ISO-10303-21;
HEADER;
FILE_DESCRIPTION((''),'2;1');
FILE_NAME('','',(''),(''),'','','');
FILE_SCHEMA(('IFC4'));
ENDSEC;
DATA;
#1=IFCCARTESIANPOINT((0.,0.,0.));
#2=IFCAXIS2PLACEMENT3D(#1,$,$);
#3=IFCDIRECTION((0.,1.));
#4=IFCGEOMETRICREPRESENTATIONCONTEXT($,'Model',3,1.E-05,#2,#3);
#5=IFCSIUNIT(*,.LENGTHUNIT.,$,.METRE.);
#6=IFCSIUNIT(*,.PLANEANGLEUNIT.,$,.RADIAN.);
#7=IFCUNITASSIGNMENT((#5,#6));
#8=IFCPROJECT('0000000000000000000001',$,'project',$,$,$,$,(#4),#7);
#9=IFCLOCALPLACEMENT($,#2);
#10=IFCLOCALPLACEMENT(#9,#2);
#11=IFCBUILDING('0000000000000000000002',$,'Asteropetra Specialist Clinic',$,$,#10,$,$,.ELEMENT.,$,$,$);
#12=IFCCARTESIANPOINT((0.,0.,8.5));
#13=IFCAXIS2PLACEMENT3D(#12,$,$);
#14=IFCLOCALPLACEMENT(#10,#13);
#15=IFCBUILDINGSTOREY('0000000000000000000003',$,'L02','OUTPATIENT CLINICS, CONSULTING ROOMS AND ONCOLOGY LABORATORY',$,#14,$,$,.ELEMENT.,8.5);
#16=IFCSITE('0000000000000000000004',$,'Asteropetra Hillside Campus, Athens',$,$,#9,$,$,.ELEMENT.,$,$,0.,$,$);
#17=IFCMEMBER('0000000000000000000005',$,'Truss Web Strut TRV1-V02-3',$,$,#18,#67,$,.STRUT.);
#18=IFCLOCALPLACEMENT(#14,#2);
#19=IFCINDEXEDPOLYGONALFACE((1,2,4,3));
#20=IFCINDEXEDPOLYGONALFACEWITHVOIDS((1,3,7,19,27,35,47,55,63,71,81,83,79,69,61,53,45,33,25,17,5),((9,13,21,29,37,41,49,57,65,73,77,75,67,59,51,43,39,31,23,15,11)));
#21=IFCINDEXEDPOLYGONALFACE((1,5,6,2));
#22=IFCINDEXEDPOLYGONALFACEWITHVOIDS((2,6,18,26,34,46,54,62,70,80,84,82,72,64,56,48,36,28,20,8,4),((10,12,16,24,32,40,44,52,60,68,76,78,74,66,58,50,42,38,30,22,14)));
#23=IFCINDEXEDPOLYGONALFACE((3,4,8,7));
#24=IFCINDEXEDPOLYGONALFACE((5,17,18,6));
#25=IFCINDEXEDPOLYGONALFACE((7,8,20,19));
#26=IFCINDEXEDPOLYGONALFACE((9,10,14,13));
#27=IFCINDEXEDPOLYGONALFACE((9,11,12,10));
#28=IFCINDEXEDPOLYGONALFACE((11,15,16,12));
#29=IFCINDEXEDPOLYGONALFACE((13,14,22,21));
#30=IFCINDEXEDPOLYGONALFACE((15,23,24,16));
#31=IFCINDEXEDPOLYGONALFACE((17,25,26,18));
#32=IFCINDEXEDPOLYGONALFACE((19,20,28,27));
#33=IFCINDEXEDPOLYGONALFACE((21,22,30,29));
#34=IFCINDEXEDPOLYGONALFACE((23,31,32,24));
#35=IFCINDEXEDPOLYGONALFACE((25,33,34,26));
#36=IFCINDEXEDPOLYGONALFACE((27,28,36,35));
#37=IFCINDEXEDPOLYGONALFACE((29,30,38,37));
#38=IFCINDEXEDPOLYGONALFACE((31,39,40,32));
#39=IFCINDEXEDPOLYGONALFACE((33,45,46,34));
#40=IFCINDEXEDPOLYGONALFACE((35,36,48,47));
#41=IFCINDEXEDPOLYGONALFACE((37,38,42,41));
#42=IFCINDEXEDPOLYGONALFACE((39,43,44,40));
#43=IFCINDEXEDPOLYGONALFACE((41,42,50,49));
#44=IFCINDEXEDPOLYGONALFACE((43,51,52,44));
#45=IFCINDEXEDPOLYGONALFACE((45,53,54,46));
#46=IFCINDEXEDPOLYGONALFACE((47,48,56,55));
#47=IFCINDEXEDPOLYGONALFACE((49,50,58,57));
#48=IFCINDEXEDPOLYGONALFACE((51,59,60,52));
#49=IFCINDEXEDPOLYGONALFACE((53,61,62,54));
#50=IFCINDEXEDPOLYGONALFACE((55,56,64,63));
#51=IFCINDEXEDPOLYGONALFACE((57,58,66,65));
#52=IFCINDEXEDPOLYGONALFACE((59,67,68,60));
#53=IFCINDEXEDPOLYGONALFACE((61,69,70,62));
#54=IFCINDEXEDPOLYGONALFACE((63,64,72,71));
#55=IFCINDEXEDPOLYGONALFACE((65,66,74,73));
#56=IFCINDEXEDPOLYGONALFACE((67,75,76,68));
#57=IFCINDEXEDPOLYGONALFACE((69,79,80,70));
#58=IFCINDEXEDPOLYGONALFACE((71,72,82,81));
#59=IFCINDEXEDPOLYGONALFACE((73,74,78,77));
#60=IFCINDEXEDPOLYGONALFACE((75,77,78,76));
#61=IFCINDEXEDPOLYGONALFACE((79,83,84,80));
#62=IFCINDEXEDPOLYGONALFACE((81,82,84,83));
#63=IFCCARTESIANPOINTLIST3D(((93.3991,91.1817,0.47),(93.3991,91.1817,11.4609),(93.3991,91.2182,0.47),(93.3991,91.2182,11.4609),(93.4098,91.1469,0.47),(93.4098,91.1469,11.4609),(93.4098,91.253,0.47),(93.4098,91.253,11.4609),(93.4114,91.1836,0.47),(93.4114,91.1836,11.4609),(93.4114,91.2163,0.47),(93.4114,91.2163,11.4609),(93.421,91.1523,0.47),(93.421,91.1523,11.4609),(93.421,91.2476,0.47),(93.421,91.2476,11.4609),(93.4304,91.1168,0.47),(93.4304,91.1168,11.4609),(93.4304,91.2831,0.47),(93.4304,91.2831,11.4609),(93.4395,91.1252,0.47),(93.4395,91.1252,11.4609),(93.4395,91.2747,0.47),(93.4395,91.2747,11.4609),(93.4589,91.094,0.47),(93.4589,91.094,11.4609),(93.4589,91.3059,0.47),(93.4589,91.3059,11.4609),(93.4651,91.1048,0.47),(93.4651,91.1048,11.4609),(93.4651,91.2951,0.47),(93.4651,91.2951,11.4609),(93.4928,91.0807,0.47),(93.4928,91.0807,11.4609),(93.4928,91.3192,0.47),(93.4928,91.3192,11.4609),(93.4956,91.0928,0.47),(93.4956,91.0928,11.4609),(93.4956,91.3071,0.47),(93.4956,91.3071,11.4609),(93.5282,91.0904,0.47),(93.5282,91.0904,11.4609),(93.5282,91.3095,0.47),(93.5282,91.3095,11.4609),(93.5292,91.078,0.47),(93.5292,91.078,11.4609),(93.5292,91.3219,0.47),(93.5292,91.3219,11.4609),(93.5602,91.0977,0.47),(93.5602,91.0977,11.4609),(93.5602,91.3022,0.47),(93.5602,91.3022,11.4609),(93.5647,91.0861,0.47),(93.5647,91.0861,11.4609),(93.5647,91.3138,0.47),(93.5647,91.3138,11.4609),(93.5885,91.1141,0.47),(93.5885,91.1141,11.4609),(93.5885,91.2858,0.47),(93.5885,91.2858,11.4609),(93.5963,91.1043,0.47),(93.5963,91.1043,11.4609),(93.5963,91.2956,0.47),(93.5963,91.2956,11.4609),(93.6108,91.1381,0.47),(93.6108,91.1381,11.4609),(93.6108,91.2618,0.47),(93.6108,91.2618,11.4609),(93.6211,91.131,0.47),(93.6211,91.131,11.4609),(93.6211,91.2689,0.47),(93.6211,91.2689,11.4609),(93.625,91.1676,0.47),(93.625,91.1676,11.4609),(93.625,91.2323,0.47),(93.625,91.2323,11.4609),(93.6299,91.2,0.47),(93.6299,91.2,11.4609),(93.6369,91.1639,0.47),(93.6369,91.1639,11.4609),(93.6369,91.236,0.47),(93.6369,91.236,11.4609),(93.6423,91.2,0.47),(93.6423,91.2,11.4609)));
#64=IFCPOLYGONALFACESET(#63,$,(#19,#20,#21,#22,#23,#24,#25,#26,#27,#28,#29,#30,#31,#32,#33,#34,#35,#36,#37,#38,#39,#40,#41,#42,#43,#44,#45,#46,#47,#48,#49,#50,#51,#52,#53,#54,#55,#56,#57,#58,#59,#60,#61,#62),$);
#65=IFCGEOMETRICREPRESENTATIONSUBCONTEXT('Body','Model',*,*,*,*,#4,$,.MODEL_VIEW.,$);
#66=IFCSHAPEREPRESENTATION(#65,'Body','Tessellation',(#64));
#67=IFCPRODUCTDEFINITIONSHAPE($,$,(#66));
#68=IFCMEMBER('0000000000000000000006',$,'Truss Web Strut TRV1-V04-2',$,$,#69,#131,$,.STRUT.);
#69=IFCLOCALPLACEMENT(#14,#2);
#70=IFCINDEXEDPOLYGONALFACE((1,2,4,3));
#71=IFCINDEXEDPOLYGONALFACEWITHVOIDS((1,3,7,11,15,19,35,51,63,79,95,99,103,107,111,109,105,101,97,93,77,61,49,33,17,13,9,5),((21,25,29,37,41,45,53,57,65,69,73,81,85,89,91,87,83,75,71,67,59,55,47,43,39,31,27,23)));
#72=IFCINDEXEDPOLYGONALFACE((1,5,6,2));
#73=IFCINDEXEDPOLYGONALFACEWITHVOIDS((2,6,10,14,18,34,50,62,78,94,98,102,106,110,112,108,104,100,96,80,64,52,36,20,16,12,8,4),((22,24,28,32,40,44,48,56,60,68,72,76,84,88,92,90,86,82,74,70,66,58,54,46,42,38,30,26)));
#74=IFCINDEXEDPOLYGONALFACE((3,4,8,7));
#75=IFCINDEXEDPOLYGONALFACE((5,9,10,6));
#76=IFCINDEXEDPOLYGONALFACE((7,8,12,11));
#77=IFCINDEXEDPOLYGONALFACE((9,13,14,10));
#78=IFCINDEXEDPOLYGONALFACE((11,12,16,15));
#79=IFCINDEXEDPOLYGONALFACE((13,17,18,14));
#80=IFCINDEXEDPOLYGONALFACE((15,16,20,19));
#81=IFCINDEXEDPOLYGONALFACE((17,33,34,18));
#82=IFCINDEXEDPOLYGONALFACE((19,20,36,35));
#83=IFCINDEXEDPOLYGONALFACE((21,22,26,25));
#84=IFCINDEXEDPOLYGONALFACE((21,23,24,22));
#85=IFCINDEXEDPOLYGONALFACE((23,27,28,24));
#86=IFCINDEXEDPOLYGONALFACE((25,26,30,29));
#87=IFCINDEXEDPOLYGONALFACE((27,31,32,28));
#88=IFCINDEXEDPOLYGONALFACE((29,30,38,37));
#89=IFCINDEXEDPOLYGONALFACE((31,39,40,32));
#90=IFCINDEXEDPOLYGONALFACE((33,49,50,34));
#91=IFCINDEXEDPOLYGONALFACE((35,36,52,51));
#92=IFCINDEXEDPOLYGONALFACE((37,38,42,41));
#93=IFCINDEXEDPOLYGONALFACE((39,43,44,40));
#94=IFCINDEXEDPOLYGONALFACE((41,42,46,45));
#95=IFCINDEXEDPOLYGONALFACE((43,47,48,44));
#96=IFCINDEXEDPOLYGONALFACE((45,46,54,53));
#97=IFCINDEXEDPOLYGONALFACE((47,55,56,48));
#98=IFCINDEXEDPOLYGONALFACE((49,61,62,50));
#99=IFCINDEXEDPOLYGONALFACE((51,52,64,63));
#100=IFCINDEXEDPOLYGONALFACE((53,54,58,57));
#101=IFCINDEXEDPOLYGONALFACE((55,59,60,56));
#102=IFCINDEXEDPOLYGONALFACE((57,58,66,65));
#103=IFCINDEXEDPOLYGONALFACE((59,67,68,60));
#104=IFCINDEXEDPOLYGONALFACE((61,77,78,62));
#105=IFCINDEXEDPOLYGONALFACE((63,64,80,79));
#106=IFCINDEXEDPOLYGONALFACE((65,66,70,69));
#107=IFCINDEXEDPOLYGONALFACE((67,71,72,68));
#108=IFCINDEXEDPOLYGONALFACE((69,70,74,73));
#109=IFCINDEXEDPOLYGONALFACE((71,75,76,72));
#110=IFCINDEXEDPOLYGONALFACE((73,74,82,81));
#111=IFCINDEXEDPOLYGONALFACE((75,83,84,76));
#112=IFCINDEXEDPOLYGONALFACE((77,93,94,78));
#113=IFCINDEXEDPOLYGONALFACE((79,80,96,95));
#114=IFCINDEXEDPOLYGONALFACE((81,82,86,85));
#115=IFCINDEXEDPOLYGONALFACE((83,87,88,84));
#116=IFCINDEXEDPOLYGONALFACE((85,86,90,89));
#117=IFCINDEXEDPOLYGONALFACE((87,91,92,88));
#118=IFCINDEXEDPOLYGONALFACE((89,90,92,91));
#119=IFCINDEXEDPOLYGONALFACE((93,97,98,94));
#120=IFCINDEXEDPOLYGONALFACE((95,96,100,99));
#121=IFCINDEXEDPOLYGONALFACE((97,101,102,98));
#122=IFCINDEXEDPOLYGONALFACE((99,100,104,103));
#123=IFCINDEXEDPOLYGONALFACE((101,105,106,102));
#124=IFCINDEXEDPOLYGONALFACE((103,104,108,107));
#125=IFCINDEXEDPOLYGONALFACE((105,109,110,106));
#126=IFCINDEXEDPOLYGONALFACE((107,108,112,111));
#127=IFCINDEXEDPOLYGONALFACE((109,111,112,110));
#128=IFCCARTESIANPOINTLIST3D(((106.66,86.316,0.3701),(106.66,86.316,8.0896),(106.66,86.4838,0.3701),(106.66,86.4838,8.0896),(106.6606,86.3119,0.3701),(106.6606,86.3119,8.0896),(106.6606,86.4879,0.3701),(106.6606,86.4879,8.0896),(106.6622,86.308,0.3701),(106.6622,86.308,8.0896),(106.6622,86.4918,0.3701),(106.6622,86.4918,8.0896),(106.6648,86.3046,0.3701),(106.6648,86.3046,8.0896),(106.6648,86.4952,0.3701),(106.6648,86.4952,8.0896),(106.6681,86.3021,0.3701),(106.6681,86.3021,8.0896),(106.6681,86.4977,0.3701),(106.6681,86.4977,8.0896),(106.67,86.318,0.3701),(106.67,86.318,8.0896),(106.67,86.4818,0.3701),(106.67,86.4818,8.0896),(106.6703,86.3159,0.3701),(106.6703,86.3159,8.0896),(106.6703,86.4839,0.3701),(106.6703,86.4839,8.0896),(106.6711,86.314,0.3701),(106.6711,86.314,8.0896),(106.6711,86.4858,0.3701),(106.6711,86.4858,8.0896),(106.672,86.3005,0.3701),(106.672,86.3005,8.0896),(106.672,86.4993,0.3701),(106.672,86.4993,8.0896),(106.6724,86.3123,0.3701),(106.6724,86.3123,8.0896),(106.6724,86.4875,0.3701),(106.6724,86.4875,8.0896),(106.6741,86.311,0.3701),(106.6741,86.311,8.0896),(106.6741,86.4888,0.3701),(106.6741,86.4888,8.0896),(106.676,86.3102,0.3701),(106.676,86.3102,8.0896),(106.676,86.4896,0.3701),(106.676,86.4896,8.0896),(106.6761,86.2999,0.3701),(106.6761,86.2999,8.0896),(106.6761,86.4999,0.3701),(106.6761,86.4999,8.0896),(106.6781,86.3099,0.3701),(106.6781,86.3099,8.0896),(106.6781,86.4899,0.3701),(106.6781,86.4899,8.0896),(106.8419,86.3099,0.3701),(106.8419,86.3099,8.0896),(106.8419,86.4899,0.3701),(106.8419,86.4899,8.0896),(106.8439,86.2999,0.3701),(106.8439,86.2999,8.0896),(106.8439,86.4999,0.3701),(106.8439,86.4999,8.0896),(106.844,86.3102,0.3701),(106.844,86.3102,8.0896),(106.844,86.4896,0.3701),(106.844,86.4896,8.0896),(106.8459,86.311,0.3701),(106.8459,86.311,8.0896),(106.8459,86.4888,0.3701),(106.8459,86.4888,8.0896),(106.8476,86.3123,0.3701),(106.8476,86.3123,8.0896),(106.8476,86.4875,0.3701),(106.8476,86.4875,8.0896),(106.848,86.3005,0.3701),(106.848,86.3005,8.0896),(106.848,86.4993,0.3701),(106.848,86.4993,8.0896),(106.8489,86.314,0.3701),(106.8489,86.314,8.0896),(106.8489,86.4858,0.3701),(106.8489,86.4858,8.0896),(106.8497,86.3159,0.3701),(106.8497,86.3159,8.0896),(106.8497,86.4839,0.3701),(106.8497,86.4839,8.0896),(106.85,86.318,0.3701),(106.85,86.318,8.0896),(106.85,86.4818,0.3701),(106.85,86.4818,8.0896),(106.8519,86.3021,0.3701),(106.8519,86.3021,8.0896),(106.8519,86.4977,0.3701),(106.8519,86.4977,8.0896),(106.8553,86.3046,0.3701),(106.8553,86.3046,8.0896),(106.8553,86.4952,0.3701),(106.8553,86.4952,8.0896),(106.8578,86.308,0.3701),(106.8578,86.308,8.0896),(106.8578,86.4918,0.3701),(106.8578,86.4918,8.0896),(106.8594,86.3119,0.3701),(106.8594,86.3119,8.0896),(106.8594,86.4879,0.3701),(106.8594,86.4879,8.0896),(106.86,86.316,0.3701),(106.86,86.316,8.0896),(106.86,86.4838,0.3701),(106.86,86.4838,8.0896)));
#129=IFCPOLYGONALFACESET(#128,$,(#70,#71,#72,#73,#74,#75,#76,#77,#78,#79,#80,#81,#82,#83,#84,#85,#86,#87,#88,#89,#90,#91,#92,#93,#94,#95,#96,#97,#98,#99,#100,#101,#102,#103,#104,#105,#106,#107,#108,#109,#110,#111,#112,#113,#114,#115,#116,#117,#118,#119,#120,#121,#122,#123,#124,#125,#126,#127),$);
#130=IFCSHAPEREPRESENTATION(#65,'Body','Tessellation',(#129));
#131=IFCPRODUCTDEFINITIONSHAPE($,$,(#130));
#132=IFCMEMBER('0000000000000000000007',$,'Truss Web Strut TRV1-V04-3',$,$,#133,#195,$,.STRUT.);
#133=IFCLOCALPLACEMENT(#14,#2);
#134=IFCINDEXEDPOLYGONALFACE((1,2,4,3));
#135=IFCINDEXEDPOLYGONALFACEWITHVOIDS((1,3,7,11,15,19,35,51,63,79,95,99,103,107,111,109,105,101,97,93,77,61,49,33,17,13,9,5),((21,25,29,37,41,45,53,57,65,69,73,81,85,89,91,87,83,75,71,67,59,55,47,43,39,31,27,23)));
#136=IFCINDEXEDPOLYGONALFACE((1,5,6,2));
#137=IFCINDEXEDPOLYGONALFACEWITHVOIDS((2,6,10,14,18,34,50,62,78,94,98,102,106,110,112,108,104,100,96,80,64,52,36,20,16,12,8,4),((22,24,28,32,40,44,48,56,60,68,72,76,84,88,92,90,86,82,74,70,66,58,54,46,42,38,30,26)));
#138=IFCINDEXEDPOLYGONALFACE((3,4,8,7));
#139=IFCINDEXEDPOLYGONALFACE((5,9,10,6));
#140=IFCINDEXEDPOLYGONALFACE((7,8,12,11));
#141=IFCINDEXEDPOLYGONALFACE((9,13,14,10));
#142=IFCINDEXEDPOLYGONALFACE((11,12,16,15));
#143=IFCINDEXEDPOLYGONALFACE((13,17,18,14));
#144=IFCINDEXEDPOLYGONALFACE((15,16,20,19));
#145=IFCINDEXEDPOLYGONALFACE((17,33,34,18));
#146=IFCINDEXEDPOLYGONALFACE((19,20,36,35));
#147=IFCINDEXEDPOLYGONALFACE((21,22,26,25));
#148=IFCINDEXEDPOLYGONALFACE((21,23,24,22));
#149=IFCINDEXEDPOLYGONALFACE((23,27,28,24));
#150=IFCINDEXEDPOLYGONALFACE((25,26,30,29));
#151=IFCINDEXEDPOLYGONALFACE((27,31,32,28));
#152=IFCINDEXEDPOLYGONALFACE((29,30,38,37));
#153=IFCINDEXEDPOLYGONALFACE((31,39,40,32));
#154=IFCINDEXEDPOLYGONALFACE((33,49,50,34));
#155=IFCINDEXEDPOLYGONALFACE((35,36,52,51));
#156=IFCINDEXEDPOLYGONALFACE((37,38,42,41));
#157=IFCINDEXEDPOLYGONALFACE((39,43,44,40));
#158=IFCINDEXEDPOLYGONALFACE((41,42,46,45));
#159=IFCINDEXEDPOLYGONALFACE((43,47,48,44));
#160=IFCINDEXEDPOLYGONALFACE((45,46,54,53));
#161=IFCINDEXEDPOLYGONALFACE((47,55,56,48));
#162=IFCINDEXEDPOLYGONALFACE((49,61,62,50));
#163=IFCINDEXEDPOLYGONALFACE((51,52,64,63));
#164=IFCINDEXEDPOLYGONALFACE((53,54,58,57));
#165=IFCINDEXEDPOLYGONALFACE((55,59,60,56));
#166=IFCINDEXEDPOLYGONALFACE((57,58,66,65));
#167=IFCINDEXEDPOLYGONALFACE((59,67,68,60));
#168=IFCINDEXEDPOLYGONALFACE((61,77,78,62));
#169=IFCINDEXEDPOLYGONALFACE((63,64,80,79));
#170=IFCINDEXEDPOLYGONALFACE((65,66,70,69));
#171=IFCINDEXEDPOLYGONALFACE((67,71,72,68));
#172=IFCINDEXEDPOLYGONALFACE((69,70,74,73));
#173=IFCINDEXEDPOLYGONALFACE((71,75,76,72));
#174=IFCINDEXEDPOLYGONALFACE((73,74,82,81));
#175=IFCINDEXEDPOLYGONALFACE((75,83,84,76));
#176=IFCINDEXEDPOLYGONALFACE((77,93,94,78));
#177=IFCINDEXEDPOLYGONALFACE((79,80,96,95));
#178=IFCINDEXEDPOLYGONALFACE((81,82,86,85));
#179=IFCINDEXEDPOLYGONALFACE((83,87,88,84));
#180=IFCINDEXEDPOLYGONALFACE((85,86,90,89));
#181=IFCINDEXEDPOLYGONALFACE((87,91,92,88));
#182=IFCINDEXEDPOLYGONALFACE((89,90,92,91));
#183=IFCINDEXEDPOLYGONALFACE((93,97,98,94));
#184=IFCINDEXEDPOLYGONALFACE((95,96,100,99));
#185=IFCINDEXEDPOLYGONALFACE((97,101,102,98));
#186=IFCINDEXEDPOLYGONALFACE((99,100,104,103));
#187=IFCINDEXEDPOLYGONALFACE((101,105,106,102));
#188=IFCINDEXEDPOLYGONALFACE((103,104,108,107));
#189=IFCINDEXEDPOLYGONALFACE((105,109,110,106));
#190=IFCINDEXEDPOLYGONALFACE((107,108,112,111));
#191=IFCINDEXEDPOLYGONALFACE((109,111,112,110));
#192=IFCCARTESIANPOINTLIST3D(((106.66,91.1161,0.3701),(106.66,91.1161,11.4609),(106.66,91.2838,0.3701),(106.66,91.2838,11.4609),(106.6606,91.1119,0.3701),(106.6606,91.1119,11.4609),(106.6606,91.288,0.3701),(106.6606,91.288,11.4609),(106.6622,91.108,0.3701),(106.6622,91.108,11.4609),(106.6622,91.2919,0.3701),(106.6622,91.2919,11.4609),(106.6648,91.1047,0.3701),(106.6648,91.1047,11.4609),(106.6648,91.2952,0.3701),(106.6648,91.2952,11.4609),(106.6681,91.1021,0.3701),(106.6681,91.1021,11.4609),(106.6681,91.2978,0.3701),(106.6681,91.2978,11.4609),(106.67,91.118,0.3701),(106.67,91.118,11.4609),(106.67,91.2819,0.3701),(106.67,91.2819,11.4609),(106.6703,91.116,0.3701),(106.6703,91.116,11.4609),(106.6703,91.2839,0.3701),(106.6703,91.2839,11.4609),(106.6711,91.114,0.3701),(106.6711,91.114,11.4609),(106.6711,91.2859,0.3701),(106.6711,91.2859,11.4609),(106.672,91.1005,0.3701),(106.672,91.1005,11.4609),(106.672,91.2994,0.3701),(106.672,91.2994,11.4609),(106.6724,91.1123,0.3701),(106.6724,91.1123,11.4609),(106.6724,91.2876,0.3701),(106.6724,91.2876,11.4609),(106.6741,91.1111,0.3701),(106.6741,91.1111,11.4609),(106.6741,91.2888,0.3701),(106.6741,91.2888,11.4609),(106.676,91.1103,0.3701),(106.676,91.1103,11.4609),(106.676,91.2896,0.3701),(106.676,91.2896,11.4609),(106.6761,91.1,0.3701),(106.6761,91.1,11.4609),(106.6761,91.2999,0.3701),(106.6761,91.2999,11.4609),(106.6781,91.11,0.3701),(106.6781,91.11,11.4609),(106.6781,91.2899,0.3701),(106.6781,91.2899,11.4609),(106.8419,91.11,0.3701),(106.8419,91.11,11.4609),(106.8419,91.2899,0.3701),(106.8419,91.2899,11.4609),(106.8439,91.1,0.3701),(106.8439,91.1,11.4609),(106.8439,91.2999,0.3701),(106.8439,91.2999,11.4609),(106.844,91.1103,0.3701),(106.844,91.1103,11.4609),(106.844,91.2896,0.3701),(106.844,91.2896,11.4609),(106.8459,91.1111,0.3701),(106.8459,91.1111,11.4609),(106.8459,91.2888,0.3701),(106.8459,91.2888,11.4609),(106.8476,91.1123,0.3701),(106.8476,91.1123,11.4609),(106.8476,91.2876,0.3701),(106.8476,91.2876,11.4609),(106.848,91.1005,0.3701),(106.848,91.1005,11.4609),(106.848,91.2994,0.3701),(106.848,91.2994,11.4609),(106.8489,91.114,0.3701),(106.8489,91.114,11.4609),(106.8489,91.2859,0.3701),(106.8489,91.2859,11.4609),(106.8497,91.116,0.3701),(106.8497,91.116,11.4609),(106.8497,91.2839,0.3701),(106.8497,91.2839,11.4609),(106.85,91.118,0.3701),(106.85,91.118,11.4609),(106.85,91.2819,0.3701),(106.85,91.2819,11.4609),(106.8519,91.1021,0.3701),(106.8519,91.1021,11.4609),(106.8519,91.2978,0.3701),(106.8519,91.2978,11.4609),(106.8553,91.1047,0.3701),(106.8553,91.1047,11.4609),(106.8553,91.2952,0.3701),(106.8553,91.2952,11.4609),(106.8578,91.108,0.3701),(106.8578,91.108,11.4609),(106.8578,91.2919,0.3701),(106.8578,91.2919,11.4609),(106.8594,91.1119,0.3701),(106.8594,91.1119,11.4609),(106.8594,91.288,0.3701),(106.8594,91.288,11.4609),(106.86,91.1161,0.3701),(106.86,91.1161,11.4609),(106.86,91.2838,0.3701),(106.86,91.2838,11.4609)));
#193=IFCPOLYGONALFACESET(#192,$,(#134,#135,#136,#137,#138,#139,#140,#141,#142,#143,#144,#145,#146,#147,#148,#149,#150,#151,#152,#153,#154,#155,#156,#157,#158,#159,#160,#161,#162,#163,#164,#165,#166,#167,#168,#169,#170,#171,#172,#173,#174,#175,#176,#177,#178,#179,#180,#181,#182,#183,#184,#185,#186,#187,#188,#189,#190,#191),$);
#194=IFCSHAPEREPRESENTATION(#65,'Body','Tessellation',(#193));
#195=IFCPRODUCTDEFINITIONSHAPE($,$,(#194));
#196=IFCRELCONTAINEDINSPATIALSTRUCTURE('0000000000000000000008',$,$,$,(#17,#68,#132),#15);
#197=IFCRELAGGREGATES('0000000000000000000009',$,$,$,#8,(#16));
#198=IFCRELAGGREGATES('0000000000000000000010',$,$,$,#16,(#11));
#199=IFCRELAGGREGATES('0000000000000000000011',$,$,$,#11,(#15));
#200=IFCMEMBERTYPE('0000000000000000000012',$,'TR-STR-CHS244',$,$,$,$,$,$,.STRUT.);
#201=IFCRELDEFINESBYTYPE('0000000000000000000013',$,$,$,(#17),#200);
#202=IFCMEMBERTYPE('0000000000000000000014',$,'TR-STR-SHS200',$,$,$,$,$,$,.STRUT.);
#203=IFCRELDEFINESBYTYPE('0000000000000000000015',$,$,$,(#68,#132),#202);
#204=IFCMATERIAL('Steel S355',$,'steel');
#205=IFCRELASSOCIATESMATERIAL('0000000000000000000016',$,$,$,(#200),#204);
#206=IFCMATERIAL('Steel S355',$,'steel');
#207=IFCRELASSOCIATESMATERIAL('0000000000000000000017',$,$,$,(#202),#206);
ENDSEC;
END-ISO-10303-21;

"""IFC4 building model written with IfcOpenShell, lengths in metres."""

from ifc_helpers import new_model, si_unit, direction, frame, origin, origin_2d, place, context, subcontext, project, spatial, hollow_rectangle, hollow_circle, extrude, material, material_profile, profile_set, type_object, element, save


model = new_model("IFC4")

# Units and contexts
model_context = context("Model", 3, precision=1e-05, world=origin(), true_north=direction((0.0, 1.0)))
body_context = subcontext(model_context, "Body", "Model", "MODEL_VIEW")
ifc_project = project(units=[si_unit("LENGTHUNIT", "METRE"), si_unit("PLANEANGLEUNIT", "RADIAN")], contexts=[model_context])

# Site, building, storey
site_placement = place(None, origin())
site = spatial("IfcSite", under=ifc_project, at=site_placement, Name="Asteropetra Hillside Campus, Athens", CompositionType="ELEMENT", RefElevation=0.0)
building_placement = place(site_placement, origin())
building = spatial("IfcBuilding", under=site, at=building_placement, Name="Asteropetra Specialist Clinic", CompositionType="ELEMENT")
storey_placement = place(building_placement, frame((0.0, 0.0, 8.5)))
storey = spatial("IfcBuildingStorey", under=building, at=storey_placement, Name="L02", Description="OUTPATIENT CLINICS, CONSULTING ROOMS AND ONCOLOGY LABORATORY", CompositionType="ELEMENT", Elevation=8.5)

# Members
ifc_material_1 = material(Name="Steel S355", Category="steel")
ifc_material_profile_1 = material_profile(ifc_material_1, hollow_circle(Radius=0.1223, WallThickness=0.0125, at=origin_2d()), Name="CHS 244.5x12.5")
ifc_profile_set_1 = profile_set([ifc_material_profile_1], Name="Steel S355")
member_type_1 = type_object("IfcMemberType", Name="TR-STR-CHS244", PredefinedType="STRUT", material=ifc_profile_set_1)
member_1_placement = place(storey_placement, frame((93.52, 91.2, 0.47), z_axis=(0.0, 0.0, 1.0), x_axis=(1.0, 0.0, 0.0)))
element("IfcMember", 1, at=member_1_placement, inside=storey, type_object=member_type_1, Name="Truss Web Strut TRV1-V02-3", PredefinedType="STRUT", context=body_context, shape_type="SweptSolid", body=[
    extrude(hollow_circle(Radius=0.1223, WallThickness=0.0125, at=origin_2d()), origin(), (0.0, 0.0, 1.0), 10.991),
])
ifc_material_2 = material(Name="Steel S355", Category="steel")
ifc_material_profile_2 = material_profile(ifc_material_2, hollow_rectangle(XDim=0.2, YDim=0.2, WallThickness=0.01, InnerFilletRadius=0.0081, OuterFilletRadius=0.0161, at=origin_2d()), Name="SHS 200x200x10.0")
ifc_profile_set_2 = profile_set([ifc_material_profile_2], Name="Steel S355")
member_type_2 = type_object("IfcMemberType", Name="TR-STR-SHS200", PredefinedType="STRUT", material=ifc_profile_set_2)
member_2_placement = place(storey_placement, frame((106.76, 86.3999, 0.3701), z_axis=(0.0, 0.0, 1.0), x_axis=(1.0, 0.0, 0.0)))
element("IfcMember", 2, at=member_2_placement, inside=storey, type_object=member_type_2, Name="Truss Web Strut TRV1-V04-2", PredefinedType="STRUT", context=body_context, shape_type="SweptSolid", body=[
    extrude(hollow_rectangle(XDim=0.2, YDim=0.2, WallThickness=0.01, InnerFilletRadius=0.0081, OuterFilletRadius=0.0161, at=origin_2d()), origin(), (0.0, 0.0, 1.0), 7.7195),
])
member_3_placement = place(storey_placement, frame((106.76, 91.2, 0.3701), z_axis=(0.0, 0.0, 1.0), x_axis=(1.0, 0.0, 0.0)))
element("IfcMember", 3, at=member_3_placement, inside=storey, type_object=member_type_2, Name="Truss Web Strut TRV1-V04-3", PredefinedType="STRUT", context=body_context, shape_type="SweptSolid", body=[
    extrude(hollow_rectangle(XDim=0.2, YDim=0.2, WallThickness=0.01, InnerFilletRadius=0.0081, OuterFilletRadius=0.0161, at=origin_2d()), origin(), (0.0, 0.0, 1.0), 11.0908),
])

save(model, "model.ifc")
